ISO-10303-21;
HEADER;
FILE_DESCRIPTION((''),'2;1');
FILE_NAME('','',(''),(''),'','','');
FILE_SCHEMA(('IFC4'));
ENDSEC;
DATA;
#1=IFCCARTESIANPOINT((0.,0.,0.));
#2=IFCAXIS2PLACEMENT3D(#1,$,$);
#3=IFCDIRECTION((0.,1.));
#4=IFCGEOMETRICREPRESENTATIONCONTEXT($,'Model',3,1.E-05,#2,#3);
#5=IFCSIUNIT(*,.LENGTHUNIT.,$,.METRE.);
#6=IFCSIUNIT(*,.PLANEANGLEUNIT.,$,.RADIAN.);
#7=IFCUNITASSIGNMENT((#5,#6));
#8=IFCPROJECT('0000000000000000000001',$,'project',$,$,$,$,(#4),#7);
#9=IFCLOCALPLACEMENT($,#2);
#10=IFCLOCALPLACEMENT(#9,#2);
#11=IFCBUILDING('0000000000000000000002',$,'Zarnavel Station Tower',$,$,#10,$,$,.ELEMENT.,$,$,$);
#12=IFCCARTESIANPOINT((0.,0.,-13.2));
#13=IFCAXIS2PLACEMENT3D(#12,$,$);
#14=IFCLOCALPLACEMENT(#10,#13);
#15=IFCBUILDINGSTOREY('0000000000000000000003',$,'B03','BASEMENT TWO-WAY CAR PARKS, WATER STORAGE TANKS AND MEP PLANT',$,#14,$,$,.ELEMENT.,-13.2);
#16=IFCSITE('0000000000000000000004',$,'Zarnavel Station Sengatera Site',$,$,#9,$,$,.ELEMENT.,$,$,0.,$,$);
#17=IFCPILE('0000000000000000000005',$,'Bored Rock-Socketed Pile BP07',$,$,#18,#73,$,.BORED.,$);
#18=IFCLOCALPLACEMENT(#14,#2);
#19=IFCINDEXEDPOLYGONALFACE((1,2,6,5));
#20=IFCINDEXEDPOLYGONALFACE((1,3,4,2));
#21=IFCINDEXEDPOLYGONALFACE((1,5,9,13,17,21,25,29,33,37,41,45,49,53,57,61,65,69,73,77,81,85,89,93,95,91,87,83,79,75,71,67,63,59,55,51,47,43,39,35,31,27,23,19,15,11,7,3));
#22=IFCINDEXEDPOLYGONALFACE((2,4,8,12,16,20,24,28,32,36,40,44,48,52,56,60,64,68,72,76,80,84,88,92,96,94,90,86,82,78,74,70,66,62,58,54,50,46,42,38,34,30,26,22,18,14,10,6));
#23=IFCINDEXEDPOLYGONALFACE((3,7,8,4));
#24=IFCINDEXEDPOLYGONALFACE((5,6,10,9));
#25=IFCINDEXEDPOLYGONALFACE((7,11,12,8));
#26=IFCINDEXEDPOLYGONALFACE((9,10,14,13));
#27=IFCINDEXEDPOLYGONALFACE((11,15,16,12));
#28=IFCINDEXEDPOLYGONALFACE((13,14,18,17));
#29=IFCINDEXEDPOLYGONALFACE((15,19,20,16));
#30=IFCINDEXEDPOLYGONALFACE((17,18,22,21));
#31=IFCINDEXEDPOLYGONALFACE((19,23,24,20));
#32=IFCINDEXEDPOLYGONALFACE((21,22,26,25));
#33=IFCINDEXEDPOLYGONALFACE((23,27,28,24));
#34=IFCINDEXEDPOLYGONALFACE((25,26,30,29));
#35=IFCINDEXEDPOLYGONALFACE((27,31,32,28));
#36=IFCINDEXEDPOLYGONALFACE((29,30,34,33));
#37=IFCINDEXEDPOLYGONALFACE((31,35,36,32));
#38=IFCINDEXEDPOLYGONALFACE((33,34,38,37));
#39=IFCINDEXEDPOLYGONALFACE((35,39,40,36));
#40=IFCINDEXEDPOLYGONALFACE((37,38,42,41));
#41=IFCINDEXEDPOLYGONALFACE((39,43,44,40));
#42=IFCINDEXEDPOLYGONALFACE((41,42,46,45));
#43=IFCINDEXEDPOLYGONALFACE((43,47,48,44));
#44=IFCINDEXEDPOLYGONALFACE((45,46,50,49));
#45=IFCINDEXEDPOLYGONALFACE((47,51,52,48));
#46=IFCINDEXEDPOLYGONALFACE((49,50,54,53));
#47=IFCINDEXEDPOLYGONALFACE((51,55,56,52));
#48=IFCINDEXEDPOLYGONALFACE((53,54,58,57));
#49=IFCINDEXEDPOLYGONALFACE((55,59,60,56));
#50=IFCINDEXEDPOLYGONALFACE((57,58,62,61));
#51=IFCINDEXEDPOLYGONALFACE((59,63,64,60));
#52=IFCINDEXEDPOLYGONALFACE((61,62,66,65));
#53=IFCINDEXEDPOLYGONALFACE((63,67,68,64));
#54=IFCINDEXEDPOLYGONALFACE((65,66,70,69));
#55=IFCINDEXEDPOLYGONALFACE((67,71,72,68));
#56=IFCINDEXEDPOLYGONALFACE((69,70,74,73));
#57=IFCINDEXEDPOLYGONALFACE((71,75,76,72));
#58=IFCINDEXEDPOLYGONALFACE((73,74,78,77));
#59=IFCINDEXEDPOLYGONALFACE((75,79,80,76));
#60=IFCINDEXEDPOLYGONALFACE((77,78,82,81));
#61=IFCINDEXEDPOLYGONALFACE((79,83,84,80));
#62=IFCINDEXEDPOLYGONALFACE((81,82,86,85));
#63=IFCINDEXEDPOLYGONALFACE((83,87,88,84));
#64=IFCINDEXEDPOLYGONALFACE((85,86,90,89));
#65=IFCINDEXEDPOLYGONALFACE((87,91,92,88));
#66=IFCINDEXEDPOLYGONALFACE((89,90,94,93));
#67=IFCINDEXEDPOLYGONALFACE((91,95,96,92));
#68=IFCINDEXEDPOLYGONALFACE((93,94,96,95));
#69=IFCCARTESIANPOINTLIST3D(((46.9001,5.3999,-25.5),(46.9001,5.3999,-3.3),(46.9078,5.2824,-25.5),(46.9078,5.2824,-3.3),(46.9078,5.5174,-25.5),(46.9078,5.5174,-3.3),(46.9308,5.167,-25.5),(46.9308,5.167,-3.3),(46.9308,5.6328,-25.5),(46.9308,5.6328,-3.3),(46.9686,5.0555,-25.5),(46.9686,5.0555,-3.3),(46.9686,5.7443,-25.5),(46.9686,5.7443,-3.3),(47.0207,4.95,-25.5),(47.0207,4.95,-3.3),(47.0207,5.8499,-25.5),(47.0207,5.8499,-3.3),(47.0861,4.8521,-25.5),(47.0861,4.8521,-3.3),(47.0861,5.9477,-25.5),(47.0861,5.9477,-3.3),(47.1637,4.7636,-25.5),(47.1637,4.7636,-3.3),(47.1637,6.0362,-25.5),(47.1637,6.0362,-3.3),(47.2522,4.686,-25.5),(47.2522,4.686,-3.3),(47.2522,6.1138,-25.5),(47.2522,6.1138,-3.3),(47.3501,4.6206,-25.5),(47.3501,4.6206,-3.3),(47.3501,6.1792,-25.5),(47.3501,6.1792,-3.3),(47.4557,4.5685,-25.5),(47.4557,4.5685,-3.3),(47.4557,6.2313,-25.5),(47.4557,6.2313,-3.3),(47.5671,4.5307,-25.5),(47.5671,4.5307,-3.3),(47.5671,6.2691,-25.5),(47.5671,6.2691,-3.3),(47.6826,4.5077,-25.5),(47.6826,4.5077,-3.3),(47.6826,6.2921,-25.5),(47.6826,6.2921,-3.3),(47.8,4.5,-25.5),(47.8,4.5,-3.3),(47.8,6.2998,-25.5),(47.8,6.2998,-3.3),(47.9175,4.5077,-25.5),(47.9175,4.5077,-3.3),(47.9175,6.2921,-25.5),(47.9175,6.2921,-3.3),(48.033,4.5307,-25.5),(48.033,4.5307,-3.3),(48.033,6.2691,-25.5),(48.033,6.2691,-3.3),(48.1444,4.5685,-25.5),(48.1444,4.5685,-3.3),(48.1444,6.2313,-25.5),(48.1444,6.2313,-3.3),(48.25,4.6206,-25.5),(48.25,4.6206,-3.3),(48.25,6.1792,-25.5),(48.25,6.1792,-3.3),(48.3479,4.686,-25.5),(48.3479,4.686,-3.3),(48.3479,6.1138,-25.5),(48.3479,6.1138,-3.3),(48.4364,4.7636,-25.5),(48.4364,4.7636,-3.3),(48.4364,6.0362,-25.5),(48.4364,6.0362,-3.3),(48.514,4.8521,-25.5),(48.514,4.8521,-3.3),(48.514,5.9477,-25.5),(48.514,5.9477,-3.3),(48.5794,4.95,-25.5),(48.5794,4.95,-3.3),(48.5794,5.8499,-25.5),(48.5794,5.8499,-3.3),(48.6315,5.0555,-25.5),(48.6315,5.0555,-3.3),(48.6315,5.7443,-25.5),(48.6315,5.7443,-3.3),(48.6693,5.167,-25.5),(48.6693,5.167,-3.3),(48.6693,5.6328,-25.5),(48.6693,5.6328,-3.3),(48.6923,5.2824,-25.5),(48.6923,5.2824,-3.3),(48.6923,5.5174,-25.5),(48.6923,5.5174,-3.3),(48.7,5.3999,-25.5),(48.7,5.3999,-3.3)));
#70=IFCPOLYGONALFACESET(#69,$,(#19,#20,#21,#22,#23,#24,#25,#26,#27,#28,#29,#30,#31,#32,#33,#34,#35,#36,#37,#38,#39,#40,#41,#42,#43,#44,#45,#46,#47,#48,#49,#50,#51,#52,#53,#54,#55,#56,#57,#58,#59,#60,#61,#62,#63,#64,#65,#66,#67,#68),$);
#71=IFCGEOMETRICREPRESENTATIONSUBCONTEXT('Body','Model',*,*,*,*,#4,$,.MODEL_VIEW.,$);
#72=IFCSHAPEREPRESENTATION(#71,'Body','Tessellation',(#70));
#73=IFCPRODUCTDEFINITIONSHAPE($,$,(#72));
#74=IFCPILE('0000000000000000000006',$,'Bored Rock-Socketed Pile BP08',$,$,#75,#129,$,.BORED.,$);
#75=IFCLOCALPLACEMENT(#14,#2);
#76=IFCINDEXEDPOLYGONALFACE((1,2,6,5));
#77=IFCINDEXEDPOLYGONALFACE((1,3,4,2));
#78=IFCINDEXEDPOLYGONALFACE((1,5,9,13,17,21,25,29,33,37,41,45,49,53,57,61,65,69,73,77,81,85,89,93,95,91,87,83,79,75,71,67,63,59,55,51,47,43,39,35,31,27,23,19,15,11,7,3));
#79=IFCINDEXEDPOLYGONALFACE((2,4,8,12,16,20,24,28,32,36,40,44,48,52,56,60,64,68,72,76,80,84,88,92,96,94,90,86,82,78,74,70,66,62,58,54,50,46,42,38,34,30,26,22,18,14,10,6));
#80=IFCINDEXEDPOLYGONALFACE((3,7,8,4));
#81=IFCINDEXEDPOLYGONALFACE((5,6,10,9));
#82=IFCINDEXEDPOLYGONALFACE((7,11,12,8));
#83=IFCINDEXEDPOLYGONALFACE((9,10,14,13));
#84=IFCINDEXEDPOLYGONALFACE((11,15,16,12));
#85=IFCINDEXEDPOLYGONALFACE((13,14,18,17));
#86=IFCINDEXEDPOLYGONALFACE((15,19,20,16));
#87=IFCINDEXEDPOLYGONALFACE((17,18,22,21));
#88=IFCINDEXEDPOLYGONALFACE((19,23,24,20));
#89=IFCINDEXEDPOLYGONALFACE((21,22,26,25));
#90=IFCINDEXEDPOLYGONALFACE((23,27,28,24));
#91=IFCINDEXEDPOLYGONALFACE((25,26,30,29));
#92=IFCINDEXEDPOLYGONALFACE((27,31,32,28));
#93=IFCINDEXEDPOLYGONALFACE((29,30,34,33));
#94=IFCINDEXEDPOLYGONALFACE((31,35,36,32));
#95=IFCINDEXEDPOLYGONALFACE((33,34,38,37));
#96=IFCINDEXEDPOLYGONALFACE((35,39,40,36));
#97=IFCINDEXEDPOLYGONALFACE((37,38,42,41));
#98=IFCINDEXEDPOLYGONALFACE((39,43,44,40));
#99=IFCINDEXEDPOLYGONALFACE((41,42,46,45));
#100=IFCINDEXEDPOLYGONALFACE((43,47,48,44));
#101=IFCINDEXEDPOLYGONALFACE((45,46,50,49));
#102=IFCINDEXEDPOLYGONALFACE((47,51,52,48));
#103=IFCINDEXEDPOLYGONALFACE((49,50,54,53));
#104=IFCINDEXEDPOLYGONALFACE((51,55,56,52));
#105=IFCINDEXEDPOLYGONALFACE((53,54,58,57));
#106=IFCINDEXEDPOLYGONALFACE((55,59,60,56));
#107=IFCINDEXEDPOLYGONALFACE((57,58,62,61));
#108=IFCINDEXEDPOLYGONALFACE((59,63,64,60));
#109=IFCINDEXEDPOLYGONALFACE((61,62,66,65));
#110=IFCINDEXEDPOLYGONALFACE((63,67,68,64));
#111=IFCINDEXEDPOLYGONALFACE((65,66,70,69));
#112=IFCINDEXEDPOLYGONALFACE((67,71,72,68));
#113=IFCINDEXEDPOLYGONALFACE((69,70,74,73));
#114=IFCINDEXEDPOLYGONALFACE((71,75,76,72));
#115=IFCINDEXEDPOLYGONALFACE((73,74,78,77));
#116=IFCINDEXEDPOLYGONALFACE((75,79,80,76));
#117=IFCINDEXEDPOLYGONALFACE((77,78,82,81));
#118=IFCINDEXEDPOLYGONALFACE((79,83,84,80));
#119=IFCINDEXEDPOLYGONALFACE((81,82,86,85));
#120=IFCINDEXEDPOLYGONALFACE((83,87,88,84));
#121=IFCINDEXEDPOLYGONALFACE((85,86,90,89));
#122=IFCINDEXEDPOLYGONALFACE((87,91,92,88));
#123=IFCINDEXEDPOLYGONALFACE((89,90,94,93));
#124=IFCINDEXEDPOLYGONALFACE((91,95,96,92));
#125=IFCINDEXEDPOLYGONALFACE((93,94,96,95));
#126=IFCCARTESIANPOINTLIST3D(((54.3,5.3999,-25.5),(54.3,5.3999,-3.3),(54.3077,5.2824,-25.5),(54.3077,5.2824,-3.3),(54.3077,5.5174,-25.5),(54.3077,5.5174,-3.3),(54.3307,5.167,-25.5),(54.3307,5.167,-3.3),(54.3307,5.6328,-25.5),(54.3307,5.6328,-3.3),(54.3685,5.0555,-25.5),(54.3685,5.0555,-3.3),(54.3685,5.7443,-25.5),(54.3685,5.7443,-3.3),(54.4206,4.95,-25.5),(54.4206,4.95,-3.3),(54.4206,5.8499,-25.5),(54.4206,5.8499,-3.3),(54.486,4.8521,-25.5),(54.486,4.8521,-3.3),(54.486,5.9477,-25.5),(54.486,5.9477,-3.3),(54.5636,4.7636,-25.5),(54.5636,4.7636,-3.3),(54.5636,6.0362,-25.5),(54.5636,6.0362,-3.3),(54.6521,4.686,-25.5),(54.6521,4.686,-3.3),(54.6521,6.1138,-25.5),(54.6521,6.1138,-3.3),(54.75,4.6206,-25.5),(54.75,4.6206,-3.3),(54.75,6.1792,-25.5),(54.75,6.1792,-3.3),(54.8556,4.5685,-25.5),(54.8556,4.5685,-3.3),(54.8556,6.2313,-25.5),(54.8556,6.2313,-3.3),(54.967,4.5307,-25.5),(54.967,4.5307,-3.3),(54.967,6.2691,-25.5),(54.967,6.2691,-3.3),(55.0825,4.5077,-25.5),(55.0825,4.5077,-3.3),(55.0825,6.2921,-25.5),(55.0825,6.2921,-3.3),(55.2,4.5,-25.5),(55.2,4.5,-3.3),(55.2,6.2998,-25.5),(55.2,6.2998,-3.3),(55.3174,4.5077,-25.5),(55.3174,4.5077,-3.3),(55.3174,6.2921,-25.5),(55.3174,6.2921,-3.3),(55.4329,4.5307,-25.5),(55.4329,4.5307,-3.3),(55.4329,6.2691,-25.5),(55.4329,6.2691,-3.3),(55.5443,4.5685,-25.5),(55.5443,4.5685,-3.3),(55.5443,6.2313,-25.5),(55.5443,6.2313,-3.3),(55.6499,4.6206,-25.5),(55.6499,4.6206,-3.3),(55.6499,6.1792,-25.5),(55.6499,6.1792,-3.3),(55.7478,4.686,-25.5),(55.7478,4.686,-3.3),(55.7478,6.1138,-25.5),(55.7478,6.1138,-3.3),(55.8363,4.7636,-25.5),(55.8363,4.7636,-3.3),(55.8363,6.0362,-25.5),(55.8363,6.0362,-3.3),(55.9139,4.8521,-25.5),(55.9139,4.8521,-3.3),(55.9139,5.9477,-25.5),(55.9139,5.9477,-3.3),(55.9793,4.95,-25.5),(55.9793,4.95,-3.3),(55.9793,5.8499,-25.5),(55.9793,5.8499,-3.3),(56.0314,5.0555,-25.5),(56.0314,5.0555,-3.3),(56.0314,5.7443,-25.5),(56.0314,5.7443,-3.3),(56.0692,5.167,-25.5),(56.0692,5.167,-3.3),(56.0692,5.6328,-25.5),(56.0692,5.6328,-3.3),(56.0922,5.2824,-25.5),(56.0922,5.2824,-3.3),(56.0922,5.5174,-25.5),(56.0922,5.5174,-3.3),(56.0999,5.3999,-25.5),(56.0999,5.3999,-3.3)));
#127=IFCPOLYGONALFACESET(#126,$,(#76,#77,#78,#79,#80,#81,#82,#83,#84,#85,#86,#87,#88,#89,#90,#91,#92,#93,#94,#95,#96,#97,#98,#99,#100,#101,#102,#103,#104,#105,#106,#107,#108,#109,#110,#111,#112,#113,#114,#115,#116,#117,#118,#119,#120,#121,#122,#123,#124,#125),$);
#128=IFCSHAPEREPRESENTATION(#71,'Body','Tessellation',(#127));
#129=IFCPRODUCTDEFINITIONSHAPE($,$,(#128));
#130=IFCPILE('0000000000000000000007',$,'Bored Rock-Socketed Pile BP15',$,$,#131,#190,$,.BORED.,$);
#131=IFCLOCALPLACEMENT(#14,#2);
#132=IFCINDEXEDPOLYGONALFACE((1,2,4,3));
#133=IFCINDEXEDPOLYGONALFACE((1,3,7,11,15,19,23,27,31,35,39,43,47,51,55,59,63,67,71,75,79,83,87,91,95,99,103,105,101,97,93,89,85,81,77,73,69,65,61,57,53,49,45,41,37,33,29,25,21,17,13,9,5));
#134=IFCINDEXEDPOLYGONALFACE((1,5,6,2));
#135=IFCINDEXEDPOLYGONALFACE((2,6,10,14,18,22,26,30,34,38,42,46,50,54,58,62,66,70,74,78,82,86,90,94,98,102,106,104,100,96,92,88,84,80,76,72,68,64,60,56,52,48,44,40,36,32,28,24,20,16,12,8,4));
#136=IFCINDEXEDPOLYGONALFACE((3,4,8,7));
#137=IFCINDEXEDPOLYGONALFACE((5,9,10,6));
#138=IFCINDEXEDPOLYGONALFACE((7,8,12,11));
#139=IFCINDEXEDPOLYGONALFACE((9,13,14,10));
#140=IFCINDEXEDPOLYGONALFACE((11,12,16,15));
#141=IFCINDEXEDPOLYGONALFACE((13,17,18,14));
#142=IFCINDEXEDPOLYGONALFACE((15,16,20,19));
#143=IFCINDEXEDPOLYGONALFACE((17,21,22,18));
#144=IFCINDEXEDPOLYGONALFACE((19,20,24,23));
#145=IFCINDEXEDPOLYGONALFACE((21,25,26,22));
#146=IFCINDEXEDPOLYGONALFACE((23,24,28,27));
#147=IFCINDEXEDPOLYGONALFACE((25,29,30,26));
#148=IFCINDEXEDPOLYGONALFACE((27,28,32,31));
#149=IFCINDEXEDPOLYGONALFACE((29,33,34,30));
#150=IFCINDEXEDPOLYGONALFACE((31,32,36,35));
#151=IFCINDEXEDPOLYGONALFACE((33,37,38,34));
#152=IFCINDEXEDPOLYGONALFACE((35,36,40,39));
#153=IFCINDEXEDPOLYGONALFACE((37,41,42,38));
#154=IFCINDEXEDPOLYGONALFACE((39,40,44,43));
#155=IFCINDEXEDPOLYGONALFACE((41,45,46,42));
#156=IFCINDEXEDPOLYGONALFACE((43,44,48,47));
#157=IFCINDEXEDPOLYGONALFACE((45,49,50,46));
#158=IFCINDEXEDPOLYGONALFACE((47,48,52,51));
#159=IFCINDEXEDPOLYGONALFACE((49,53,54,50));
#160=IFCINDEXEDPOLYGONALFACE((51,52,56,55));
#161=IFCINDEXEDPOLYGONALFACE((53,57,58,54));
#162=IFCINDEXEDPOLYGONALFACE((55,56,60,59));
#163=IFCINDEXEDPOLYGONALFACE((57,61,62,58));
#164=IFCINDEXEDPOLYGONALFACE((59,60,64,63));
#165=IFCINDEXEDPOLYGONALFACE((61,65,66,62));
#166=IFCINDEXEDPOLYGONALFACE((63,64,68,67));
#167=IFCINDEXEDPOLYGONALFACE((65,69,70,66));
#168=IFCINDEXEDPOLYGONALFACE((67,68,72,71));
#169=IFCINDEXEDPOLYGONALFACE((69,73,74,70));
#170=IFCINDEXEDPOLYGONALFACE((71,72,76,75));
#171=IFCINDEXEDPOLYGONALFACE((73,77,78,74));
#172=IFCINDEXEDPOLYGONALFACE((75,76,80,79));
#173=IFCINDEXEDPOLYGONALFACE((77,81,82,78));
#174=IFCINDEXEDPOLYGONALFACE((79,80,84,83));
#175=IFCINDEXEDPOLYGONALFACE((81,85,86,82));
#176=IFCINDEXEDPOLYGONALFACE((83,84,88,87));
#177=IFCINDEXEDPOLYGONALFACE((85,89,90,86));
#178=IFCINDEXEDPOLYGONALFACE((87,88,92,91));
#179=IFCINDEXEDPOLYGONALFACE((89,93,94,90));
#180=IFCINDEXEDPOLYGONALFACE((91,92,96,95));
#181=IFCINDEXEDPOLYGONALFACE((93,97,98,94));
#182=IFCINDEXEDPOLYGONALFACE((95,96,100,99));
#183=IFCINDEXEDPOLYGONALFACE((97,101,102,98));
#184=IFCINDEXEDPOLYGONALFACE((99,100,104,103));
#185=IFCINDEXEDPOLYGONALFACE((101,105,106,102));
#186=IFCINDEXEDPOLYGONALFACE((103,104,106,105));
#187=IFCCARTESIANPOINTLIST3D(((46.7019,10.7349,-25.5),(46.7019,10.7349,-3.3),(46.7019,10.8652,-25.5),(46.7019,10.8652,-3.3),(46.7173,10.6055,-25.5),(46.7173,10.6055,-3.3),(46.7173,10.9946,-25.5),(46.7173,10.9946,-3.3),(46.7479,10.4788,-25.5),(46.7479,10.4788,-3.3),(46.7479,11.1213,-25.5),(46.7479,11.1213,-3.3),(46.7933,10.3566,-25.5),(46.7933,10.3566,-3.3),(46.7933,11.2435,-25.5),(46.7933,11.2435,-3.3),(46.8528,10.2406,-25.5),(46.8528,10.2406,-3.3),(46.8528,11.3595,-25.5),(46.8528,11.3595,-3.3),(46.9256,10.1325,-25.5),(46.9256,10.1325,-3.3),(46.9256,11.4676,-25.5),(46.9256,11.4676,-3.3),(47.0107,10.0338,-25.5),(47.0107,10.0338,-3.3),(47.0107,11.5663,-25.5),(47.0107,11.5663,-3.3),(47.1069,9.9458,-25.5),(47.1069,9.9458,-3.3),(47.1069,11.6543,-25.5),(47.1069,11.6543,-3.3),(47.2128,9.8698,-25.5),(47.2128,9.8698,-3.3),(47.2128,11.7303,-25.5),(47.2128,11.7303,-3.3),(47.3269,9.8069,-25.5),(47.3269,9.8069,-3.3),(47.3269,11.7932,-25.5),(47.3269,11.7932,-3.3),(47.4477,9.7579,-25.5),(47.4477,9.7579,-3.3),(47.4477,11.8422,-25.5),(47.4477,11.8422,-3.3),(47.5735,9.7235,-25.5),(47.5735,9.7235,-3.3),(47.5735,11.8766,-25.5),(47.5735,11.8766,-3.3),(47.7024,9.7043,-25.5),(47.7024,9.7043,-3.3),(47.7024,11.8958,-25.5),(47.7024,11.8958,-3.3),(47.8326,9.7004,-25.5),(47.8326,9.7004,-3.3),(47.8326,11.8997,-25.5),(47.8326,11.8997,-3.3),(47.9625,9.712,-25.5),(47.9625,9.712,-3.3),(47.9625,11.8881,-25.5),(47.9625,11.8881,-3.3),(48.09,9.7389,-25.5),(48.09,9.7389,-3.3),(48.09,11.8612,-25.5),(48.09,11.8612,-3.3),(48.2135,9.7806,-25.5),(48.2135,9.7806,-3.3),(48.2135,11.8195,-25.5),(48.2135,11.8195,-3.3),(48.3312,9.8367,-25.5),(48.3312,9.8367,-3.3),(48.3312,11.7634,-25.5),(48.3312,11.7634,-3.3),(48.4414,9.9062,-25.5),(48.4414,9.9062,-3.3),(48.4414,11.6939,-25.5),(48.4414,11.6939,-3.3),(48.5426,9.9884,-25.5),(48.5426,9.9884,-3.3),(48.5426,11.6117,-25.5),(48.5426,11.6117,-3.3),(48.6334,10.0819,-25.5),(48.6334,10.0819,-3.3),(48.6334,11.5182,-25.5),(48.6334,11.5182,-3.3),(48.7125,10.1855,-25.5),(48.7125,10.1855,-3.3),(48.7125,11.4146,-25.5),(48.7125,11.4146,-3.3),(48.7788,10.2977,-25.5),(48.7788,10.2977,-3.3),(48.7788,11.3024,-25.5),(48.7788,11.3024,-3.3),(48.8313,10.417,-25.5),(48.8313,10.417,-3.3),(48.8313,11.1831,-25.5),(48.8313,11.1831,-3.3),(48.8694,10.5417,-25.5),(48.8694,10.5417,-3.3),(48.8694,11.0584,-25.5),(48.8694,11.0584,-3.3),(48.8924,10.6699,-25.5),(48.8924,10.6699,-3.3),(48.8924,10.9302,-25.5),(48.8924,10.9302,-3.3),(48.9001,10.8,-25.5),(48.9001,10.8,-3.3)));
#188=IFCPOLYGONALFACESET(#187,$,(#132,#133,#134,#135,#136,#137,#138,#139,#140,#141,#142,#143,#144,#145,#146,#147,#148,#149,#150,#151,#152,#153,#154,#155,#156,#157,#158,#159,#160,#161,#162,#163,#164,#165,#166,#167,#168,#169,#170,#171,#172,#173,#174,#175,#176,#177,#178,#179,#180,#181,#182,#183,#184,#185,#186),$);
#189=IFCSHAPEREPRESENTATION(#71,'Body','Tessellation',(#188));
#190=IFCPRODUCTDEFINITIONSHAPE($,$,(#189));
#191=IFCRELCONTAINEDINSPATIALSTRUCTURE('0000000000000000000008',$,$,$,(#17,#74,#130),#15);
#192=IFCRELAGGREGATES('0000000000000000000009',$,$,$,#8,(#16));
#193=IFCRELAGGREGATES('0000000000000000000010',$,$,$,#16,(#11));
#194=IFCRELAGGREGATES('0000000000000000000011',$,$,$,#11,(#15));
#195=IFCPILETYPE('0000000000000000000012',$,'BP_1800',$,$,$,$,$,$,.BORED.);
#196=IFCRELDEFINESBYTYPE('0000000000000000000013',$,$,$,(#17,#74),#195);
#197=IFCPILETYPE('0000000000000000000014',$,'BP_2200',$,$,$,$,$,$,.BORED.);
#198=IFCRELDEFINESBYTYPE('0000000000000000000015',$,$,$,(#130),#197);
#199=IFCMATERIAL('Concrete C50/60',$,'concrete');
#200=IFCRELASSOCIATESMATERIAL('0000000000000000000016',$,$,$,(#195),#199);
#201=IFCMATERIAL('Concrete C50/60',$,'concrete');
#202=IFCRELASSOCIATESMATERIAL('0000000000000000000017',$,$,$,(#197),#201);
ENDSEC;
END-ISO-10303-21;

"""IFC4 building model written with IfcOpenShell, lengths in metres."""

from ifc_helpers import new_model, si_unit, direction, frame, origin, origin_2d, place, context, subcontext, project, spatial, circle, extrude, material, material_profile, profile_set, type_object, element, save


model = new_model("IFC4")

# Units and contexts
model_context = context("Model", 3, precision=1e-05, world=origin(), true_north=direction((0.0, 1.0)))
body_context = subcontext(model_context, "Body", "Model", "MODEL_VIEW")
ifc_project = project(units=[si_unit("LENGTHUNIT", "METRE"), si_unit("PLANEANGLEUNIT", "RADIAN")], contexts=[model_context])

# Site, building, storey
site_placement = place(None, origin())
site = spatial("IfcSite", under=ifc_project, at=site_placement, Name="Zarnavel Station Sengatera Site", CompositionType="ELEMENT", RefElevation=0.0)
building_placement = place(site_placement, origin())
building = spatial("IfcBuilding", under=site, at=building_placement, Name="Zarnavel Station Tower", CompositionType="ELEMENT")
storey_placement = place(building_placement, frame((0.0, 0.0, -13.2)))
storey = spatial("IfcBuildingStorey", under=building, at=storey_placement, Name="B03", Description="BASEMENT TWO-WAY CAR PARKS, WATER STORAGE TANKS AND MEP PLANT", CompositionType="ELEMENT", Elevation=-13.2)

# Piles
ifc_material_1 = material(Name="Concrete C50/60", Category="concrete")
ifc_material_profile_1 = material_profile(ifc_material_1, circle(Radius=0.8999, at=origin_2d()), Name="PILE1800")
ifc_profile_set_1 = profile_set([ifc_material_profile_1], Name="Concrete C50/60")
pile_type_1 = type_object("IfcPileType", Name="BP_1800", PredefinedType="BORED", material=ifc_profile_set_1)
for number, where, z_axis, x_axis, name in (
    (1, (47.8, 5.3999, -3.3), (0.0, 0.0, -1.0), (1.0, 0.0, 0.0), "Bored Rock-Socketed Pile BP07"),
    (2, (55.2, 5.3999, -3.3), (0.0, 0.0, -1.0), (1.0, 0.0, 0.0), "Bored Rock-Socketed Pile BP08"),
):
    element("IfcPile", number, at=place(storey_placement, frame(where, z_axis=z_axis, x_axis=x_axis)), inside=storey, type_object=pile_type_1, Name=name, PredefinedType="BORED", context=body_context, shape_type="SweptSolid", body=[
        extrude(circle(Radius=0.8999, at=origin_2d()), origin(), (0.0, 0.0, 1.0), 22.2),
    ])
ifc_material_2 = material(Name="Concrete C50/60", Category="concrete")
ifc_material_profile_2 = material_profile(ifc_material_2, circle(Radius=1.1001, at=origin_2d()), Name="PILE2200")
ifc_profile_set_2 = profile_set([ifc_material_profile_2], Name="Concrete C50/60")
pile_type_2 = type_object("IfcPileType", Name="BP_2200", PredefinedType="BORED", material=ifc_profile_set_2)
for number, where, z_axis, x_axis, name in (
    (3, (47.8, 10.8, -3.3), (0.0, 0.0, -1.0), (1.0, 0.0, 0.0), "Bored Rock-Socketed Pile BP15"),
):
    element("IfcPile", number, at=place(storey_placement, frame(where, z_axis=z_axis, x_axis=x_axis)), inside=storey, type_object=pile_type_2, Name=name, PredefinedType="BORED", context=body_context, shape_type="SweptSolid", body=[
        extrude(circle(Radius=1.1001, at=origin_2d()), origin(), (0.0, 0.0, 1.0), 22.2),
    ])

save(model, "model.ifc")
